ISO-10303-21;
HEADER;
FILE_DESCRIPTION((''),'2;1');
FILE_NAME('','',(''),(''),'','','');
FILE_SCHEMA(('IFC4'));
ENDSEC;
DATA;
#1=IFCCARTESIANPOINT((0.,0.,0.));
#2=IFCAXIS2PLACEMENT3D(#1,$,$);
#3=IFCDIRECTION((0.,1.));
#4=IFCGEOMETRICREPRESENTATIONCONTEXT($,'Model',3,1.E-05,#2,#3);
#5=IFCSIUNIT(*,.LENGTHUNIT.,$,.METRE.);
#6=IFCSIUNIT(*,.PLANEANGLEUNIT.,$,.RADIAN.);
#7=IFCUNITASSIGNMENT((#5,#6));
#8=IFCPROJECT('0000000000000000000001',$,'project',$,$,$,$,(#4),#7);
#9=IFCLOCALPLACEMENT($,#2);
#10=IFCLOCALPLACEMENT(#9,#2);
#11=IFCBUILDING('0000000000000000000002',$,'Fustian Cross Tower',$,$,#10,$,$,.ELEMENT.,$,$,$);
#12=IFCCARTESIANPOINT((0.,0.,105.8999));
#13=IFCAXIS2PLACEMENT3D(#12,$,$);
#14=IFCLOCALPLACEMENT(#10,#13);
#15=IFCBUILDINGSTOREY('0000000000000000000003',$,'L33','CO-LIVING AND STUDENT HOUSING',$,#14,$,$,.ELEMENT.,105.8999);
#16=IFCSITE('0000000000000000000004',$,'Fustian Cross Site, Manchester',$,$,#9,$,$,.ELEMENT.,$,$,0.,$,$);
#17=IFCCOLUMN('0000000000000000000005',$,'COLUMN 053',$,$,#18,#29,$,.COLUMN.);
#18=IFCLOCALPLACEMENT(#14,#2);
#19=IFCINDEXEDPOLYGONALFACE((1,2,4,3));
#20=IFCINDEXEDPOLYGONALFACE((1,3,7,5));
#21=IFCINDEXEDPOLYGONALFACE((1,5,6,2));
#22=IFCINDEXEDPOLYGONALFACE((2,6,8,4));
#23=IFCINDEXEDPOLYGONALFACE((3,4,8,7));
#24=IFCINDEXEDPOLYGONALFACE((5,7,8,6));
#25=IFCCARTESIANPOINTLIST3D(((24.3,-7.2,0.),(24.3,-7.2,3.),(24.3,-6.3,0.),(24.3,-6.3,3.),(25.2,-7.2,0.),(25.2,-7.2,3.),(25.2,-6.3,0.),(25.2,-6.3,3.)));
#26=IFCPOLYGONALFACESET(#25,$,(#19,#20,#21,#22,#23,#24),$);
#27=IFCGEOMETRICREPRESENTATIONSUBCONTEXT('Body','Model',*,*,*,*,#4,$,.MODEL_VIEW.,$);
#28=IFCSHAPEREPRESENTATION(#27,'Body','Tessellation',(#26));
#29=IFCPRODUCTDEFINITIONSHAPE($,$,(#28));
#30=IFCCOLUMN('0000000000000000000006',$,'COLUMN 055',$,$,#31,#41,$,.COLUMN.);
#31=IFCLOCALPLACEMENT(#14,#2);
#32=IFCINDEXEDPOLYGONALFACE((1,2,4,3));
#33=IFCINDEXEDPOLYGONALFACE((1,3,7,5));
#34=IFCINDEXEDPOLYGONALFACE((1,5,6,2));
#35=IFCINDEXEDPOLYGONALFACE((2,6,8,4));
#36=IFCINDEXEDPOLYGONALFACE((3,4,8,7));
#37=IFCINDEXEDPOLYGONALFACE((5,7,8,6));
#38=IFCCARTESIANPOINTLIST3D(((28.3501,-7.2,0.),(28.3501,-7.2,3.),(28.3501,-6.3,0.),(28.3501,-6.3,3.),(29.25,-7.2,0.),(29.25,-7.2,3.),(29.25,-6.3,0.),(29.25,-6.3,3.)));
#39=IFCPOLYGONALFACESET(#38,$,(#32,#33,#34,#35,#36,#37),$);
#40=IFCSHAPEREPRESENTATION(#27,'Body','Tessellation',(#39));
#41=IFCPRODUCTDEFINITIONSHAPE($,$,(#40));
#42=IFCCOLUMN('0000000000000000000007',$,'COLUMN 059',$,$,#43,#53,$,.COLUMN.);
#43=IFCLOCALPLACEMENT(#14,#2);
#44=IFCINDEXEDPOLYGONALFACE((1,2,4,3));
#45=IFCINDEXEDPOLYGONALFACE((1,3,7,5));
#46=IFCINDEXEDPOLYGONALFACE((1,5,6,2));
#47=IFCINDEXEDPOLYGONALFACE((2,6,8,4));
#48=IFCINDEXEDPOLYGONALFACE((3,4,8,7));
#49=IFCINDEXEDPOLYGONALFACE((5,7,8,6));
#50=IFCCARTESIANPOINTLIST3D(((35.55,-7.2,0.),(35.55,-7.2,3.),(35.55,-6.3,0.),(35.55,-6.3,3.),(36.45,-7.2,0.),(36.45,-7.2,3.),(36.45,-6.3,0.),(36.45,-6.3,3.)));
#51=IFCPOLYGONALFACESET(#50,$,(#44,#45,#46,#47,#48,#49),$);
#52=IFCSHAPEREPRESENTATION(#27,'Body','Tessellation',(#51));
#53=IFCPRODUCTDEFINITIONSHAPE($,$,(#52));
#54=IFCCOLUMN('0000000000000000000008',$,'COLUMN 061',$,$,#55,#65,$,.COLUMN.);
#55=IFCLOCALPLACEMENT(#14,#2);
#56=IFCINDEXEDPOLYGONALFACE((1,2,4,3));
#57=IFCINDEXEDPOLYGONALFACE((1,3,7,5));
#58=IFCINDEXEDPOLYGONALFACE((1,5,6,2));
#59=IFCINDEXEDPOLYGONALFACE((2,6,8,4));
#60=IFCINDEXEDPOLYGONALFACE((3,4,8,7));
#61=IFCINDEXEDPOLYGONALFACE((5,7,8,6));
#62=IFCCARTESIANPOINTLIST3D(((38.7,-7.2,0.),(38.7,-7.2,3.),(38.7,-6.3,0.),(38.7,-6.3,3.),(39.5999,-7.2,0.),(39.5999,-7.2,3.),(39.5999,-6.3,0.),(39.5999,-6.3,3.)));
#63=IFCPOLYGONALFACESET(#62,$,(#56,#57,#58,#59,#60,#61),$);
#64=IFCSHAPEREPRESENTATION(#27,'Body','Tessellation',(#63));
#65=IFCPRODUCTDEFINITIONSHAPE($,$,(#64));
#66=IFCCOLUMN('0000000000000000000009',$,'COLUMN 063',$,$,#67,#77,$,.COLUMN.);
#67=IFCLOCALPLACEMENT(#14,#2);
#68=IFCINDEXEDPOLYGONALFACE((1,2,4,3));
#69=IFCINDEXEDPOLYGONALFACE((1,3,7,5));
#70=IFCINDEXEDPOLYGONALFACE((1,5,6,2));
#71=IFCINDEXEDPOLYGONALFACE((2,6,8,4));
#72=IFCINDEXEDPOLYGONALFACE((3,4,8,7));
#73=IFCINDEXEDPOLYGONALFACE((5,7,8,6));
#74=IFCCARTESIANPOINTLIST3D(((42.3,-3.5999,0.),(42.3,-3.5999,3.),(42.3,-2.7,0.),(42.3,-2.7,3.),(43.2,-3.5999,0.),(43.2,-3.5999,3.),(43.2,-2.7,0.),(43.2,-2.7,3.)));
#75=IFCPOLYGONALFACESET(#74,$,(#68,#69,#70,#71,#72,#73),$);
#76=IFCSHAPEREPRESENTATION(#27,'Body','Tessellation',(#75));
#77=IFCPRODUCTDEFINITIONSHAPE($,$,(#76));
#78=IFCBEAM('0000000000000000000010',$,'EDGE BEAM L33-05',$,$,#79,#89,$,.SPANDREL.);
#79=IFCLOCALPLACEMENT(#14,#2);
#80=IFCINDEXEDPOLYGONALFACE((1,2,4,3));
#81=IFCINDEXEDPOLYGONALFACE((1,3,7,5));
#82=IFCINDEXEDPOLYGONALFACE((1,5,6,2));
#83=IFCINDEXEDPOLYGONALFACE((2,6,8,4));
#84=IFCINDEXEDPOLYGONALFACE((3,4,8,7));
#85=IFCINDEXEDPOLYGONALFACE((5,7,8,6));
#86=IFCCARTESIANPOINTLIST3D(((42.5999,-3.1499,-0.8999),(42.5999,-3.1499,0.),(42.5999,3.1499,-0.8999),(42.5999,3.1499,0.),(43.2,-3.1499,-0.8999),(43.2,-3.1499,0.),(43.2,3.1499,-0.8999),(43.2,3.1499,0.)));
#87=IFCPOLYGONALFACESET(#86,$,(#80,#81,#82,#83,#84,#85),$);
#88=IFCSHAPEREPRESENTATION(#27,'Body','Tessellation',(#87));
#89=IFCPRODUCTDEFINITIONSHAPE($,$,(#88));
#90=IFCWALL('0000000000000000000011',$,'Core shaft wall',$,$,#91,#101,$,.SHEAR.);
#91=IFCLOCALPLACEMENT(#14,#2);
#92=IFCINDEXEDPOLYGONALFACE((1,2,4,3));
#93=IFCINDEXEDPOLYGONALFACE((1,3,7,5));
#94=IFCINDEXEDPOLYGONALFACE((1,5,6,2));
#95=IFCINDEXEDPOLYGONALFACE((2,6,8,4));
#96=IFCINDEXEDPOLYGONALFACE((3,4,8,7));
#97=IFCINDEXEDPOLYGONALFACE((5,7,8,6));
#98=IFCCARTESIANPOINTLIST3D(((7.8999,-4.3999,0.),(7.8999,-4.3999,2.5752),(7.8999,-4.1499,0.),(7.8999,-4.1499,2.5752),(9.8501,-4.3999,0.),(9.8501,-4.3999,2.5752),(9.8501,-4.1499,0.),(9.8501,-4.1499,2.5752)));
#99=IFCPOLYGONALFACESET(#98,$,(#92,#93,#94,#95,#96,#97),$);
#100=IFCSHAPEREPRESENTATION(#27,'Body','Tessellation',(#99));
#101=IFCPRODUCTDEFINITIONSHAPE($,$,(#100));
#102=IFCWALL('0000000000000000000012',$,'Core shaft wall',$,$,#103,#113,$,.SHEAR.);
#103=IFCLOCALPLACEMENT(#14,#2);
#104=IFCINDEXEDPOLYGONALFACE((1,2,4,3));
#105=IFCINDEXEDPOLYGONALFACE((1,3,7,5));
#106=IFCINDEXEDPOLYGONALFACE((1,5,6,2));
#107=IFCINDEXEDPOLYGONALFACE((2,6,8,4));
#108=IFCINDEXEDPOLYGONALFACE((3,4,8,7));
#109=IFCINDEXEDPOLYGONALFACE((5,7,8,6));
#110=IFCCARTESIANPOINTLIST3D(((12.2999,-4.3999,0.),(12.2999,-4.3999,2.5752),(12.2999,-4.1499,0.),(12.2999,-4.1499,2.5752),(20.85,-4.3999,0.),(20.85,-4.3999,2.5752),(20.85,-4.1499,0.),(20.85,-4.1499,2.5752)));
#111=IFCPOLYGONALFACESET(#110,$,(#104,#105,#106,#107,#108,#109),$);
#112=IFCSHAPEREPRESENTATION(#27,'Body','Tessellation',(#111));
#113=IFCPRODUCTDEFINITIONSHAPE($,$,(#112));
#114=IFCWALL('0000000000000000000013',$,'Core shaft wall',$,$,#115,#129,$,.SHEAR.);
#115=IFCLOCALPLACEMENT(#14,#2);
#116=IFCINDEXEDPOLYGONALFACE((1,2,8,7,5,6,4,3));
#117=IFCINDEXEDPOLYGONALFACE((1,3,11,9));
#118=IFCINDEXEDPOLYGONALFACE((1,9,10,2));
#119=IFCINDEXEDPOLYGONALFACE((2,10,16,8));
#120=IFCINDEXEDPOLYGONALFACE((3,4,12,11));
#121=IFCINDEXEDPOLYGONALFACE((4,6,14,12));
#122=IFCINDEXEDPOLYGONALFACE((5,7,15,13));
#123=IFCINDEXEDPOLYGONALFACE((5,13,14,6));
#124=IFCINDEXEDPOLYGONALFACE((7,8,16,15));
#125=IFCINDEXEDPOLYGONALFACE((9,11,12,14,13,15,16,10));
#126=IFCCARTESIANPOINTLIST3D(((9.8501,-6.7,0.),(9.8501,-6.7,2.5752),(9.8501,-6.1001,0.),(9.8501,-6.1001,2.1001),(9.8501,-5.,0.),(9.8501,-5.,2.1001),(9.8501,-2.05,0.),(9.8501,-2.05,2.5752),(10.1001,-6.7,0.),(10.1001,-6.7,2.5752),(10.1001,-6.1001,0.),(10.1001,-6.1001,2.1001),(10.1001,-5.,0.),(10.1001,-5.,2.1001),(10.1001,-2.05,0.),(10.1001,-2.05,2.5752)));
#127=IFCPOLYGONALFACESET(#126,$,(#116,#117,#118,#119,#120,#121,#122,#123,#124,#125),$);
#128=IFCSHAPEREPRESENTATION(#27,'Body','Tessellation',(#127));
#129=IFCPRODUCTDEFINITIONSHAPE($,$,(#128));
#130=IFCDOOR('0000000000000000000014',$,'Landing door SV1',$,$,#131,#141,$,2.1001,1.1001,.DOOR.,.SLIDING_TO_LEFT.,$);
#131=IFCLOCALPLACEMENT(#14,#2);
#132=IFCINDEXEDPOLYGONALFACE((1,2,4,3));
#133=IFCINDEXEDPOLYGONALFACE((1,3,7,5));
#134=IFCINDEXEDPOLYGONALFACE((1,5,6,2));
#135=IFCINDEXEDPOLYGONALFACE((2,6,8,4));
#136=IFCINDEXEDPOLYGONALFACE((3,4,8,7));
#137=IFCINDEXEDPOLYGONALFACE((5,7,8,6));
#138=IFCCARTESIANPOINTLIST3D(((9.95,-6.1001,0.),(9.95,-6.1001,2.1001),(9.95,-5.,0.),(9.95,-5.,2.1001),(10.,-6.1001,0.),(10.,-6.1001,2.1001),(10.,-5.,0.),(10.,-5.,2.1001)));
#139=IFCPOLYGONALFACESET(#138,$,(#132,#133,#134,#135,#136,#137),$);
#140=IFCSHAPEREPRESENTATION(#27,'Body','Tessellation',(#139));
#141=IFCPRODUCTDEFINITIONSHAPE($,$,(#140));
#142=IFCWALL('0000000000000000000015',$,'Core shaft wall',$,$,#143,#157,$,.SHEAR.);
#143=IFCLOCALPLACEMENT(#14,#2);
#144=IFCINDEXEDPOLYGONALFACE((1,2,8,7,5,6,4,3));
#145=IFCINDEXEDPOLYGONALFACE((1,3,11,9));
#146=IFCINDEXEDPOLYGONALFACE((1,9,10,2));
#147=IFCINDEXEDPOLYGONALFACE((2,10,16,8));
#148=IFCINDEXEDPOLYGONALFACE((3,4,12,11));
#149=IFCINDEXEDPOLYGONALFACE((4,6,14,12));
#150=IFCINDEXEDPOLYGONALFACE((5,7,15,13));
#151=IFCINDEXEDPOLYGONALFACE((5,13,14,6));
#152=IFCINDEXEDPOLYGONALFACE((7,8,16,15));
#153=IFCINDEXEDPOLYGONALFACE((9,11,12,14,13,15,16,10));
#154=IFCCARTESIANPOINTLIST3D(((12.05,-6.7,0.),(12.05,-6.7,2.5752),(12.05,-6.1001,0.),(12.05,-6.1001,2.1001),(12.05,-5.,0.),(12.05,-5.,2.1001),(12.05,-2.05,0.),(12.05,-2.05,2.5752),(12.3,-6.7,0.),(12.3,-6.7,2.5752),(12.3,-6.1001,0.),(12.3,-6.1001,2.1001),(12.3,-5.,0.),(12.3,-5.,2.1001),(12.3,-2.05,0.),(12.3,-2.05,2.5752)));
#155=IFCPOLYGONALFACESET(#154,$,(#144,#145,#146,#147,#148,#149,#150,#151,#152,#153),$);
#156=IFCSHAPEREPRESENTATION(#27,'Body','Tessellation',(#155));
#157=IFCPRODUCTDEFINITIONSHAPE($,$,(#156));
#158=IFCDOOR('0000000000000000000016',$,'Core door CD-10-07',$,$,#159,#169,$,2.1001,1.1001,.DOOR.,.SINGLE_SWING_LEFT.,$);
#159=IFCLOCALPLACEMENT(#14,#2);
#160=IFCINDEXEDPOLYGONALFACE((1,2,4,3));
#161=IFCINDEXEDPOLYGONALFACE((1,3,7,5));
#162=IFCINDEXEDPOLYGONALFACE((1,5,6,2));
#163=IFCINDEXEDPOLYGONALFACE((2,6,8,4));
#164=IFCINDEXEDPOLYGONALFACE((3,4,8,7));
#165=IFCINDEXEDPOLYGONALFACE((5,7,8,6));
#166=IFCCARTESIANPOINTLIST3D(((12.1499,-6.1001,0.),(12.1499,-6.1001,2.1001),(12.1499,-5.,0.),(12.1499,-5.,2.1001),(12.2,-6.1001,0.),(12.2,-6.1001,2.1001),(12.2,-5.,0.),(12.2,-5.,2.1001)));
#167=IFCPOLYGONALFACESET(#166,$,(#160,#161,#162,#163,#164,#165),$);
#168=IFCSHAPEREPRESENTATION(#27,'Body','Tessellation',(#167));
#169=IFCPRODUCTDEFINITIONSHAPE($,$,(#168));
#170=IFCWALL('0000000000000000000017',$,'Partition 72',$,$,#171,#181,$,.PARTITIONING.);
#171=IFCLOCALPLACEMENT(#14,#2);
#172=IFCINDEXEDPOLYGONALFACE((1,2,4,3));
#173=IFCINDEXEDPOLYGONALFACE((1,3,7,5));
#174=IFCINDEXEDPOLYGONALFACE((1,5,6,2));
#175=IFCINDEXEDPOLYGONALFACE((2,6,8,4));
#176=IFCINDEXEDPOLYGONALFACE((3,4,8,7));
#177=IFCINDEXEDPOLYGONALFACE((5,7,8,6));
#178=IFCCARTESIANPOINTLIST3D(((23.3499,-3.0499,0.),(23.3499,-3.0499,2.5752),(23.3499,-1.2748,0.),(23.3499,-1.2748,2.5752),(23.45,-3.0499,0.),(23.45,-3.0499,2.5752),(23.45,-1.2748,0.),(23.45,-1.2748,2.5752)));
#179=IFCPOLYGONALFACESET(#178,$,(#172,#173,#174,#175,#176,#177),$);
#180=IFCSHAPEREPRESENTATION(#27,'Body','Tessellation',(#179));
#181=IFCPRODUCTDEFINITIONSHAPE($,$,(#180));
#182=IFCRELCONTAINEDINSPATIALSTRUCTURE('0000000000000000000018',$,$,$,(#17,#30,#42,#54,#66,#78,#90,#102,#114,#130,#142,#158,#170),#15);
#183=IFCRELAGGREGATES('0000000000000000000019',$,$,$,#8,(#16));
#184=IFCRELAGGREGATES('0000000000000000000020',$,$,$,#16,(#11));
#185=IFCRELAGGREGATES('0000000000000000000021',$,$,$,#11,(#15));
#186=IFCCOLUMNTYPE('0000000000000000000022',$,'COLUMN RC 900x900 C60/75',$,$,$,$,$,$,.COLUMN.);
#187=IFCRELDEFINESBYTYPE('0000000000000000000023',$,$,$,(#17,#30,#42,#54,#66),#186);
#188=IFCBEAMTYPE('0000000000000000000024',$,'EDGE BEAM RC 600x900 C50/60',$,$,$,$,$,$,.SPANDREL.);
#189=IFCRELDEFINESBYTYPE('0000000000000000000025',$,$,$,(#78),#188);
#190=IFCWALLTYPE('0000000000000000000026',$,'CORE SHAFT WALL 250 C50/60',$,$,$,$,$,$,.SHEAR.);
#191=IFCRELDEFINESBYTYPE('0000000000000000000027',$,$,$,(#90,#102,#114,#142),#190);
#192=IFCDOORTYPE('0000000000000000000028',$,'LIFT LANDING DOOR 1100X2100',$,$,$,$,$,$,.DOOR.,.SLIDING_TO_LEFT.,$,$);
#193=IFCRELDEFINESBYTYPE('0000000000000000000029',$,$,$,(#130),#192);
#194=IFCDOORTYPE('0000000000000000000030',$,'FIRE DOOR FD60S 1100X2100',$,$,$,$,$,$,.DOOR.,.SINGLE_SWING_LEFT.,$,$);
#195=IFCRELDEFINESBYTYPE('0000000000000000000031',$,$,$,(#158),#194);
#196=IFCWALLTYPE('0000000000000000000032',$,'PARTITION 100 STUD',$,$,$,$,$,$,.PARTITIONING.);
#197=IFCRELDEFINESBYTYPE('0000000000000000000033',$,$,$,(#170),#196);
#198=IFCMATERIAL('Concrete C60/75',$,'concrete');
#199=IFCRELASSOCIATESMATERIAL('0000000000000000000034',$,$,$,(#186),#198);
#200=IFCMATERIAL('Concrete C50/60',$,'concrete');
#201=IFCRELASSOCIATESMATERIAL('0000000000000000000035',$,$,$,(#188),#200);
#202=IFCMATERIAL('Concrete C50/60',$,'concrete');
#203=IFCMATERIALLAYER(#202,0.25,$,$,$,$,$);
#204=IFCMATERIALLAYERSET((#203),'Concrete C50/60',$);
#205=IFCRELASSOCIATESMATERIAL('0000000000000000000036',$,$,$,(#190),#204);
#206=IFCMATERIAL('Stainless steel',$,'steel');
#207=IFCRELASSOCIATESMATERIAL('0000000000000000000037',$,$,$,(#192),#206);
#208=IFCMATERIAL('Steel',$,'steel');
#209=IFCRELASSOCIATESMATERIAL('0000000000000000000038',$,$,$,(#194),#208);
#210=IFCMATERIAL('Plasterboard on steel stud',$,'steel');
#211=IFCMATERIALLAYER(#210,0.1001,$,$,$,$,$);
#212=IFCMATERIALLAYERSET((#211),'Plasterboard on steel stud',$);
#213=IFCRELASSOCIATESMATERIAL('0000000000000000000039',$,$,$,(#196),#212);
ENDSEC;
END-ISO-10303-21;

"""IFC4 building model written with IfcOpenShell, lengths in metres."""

from ifc_helpers import new_model, si_unit, direction, frame, frame_2d, origin, origin_2d, place, context, subcontext, project, spatial, rectangle, extrude, material, layer, layer_set, material_profile, profile_set, type_object, element, fill, save


model = new_model("IFC4")

# Units and contexts
model_context = context("Model", 3, precision=1e-05, world=origin(), true_north=direction((0.0, 1.0)))
body_context = subcontext(model_context, "Body", "Model", "MODEL_VIEW")
ifc_project = project(units=[si_unit("LENGTHUNIT", "METRE"), si_unit("PLANEANGLEUNIT", "RADIAN")], contexts=[model_context])

# Site, building, storey
site_placement = place(None, origin())
site = spatial("IfcSite", under=ifc_project, at=site_placement, Name="Fustian Cross Site, Manchester", CompositionType="ELEMENT", RefElevation=0.0)
building_placement = place(site_placement, origin())
building = spatial("IfcBuilding", under=site, at=building_placement, Name="Fustian Cross Tower", CompositionType="ELEMENT")
storey_placement = place(building_placement, frame((0.0, 0.0, 105.8999)))
storey = spatial("IfcBuildingStorey", under=building, at=storey_placement, Name="L33", Description="CO-LIVING AND STUDENT HOUSING", CompositionType="ELEMENT", Elevation=105.8999)

# Columns
ifc_material_1 = material(Name="Concrete C60/75", Category="concrete")
ifc_material_profile_1 = material_profile(ifc_material_1, rectangle(XDim=0.8999, YDim=0.8999, at=origin_2d()), Name="RC 900x900")
ifc_profile_set_1 = profile_set([ifc_material_profile_1], Name="Concrete C60/75")
column_type = type_object("IfcColumnType", Name="COLUMN RC 900x900 C60/75", PredefinedType="COLUMN", material=ifc_profile_set_1)
for number, where, z_axis, x_axis, name in (
    (1, (24.75, -6.75, 0.0), (0.0, 0.0, 1.0), (1.0, 0.0, 0.0), "COLUMN 053"),
    (2, (28.8, -6.75, 0.0), (0.0, 0.0, 1.0), (1.0, 0.0, 0.0), "COLUMN 055"),
    (3, (36.0, -6.75, 0.0), (0.0, 0.0, 1.0), (1.0, 0.0, 0.0), "COLUMN 059"),
    (4, (39.1499, -6.75, 0.0), (0.0, 0.0, 1.0), (1.0, 0.0, 0.0), "COLUMN 061"),
    (5, (42.75, -3.1499, 0.0), (0.0, 0.0, 1.0), (1.0, 0.0, 0.0), "COLUMN 063"),
):
    element("IfcColumn", number, at=place(storey_placement, frame(where, z_axis=z_axis, x_axis=x_axis)), inside=storey, type_object=column_type, Name=name, PredefinedType="COLUMN", context=body_context, shape_type="SweptSolid", body=[
        extrude(rectangle(XDim=0.8999, YDim=0.8999, at=origin_2d()), origin(), (0.0, 0.0, 1.0), 3.0),
    ])

# Beam
ifc_material_2 = material(Name="Concrete C50/60", Category="concrete")
ifc_material_profile_2 = material_profile(ifc_material_2, rectangle(XDim=0.6001, YDim=0.8999, at=origin_2d()), Name="RC 600x900")
ifc_profile_set_2 = profile_set([ifc_material_profile_2], Name="Concrete C50/60")
beam_type = type_object("IfcBeamType", Name="EDGE BEAM RC 600x900 C50/60", PredefinedType="SPANDREL", material=ifc_profile_set_2)
beam_placement = place(storey_placement, frame((42.8999, -3.1499, -0.45), z_axis=(0.0, 1.0, 0.0), x_axis=(-1.0, 0.0, 0.0)))
element("IfcBeam", 6, at=beam_placement, inside=storey, type_object=beam_type, Name="EDGE BEAM L33-05", PredefinedType="SPANDREL", context=body_context, shape_type="SweptSolid", body=[
    extrude(rectangle(XDim=0.6001, YDim=0.8999, at=origin_2d()), origin(), (0.0, 0.0, 1.0), 6.2998),
])

# Walls
ifc_material_3 = material(Name="Concrete C50/60", Category="concrete")
ifc_layer_1 = layer(ifc_material_3, 0.25)
ifc_layer_set_1 = layer_set([ifc_layer_1], Name="Concrete C50/60")
wall_type_1 = type_object("IfcWallType", Name="CORE SHAFT WALL 250 C50/60", PredefinedType="SHEAR", material=ifc_layer_set_1)
wall_1_placement = place(storey_placement, frame((7.8999, -4.2749, 0.0), z_axis=(0.0, 0.0, 1.0), x_axis=(1.0, 0.0, 0.0)))
element("IfcWall", 7, at=wall_1_placement, inside=storey, type_object=wall_type_1, Name="Core shaft wall", PredefinedType="SHEAR", context=body_context, shape_type="SweptSolid", body=[
    extrude(rectangle(XDim=1.9502, YDim=0.25, at=frame_2d((0.9751, 0.0))), origin(), (0.0, 0.0, 1.0), 2.5752),
])
wall_2_placement = place(storey_placement, frame((12.3, -4.2749, 0.0), z_axis=(0.0, 0.0, 1.0), x_axis=(1.0, 0.0, 0.0)))
element("IfcWall", 8, at=wall_2_placement, inside=storey, type_object=wall_type_1, Name="Core shaft wall", PredefinedType="SHEAR", context=body_context, shape_type="SweptSolid", body=[
    extrude(rectangle(XDim=8.55, YDim=0.25, at=frame_2d((4.2749, 0.0))), origin(), (0.0, 0.0, 1.0), 2.5752),
])

# Walls, openings, doors
wall_3_placement = place(storey_placement, frame((9.9751, -2.05, 0.0), z_axis=(0.0, 0.0, 1.0), x_axis=(0.0, -1.0, 0.0)))
wall_3 = element("IfcWall", 9, at=wall_3_placement, inside=storey, type_object=wall_type_1, Name="Core shaft wall", PredefinedType="SHEAR", context=body_context, shape_type="SweptSolid", body=[
    extrude(rectangle(XDim=4.6499, YDim=0.25, at=frame_2d((2.325, 0.0))), origin(), (0.0, 0.0, 1.0), 2.5752),
])
opening_1_placement = place(wall_3_placement, frame((2.95, 0.0, 0.0)))
opening_1 = element("IfcOpeningElement", 10, at=opening_1_placement, cuts=wall_3, PredefinedType="OPENING", context=body_context, shape_type="SweptSolid", body=[
    extrude(rectangle(XDim=1.1001, YDim=2.1001, at=frame_2d((0.55, 1.05))), frame((0.0, 0.135, 0.0), z_axis=(0.0, -1.0, 0.0), x_axis=(1.0, 0.0, 0.0)), (0.0, 0.0, 1.0), 0.27),
])
ifc_material_4 = material(Name="Stainless steel", Category="steel")
door_type_1 = type_object("IfcDoorType", Name="LIFT LANDING DOOR 1100X2100", OperationType="SLIDING_TO_LEFT", PredefinedType="DOOR", material=ifc_material_4)
door_1_placement = place(opening_1_placement, origin())
door_1 = element("IfcDoor", 11, at=door_1_placement, inside=storey, type_object=door_type_1, Name="Landing door SV1", OperationType="SLIDING_TO_LEFT", OverallHeight=2.1001, OverallWidth=1.1001, PredefinedType="DOOR", context=body_context, shape_type="SweptSolid", body=[
    extrude(rectangle(XDim=1.1001, YDim=2.1001, at=frame_2d((0.55, 1.05))), frame((0.0, 0.0249, 0.0), z_axis=(0.0, -1.0, 0.0), x_axis=(1.0, 0.0, 0.0)), (0.0, 0.0, 1.0), 0.05),
])
fill(opening_1, door_1)
wall_4_placement = place(storey_placement, frame((12.175, -2.05, 0.0), z_axis=(0.0, 0.0, 1.0), x_axis=(0.0, -1.0, 0.0)))
wall_4 = element("IfcWall", 12, at=wall_4_placement, inside=storey, type_object=wall_type_1, Name="Core shaft wall", PredefinedType="SHEAR", context=body_context, shape_type="SweptSolid", body=[
    extrude(rectangle(XDim=4.6499, YDim=0.25, at=frame_2d((2.325, 0.0))), origin(), (0.0, 0.0, 1.0), 2.5752),
])
opening_2_placement = place(wall_4_placement, frame((2.95, 0.0, 0.0)))
opening_2 = element("IfcOpeningElement", 13, at=opening_2_placement, cuts=wall_4, PredefinedType="OPENING", context=body_context, shape_type="SweptSolid", body=[
    extrude(rectangle(XDim=1.1001, YDim=2.1001, at=frame_2d((0.55, 1.05))), frame((0.0, 0.135, 0.0), z_axis=(0.0, -1.0, 0.0), x_axis=(1.0, 0.0, 0.0)), (0.0, 0.0, 1.0), 0.27),
])
ifc_material_5 = material(Name="Steel", Category="steel")
door_type_2 = type_object("IfcDoorType", Name="FIRE DOOR FD60S 1100X2100", OperationType="SINGLE_SWING_LEFT", PredefinedType="DOOR", material=ifc_material_5)
door_2_placement = place(opening_2_placement, origin())
door_2 = element("IfcDoor", 14, at=door_2_placement, inside=storey, type_object=door_type_2, Name="Core door CD-10-07", OperationType="SINGLE_SWING_LEFT", OverallHeight=2.1001, OverallWidth=1.1001, PredefinedType="DOOR", context=body_context, shape_type="SweptSolid", body=[
    extrude(rectangle(XDim=1.1001, YDim=2.1001, at=frame_2d((0.55, 1.05))), frame((0.0, 0.0249, 0.0), z_axis=(0.0, -1.0, 0.0), x_axis=(1.0, 0.0, 0.0)), (0.0, 0.0, 1.0), 0.05),
])
fill(opening_2, door_2)

# Wall
ifc_material_6 = material(Name="Plasterboard on steel stud", Category="steel")
ifc_layer_2 = layer(ifc_material_6, 0.1001)
ifc_layer_set_2 = layer_set([ifc_layer_2], Name="Plasterboard on steel stud")
wall_type_2 = type_object("IfcWallType", Name="PARTITION 100 STUD", PredefinedType="PARTITIONING", material=ifc_layer_set_2)
wall_5_placement = place(storey_placement, frame((23.3999, -3.05, 0.0), z_axis=(0.0, 0.0, 1.0), x_axis=(0.0, 1.0, 0.0)))
element("IfcWall", 15, at=wall_5_placement, inside=storey, type_object=wall_type_2, Name="Partition 72", PredefinedType="PARTITIONING", context=body_context, shape_type="SweptSolid", body=[
    extrude(rectangle(XDim=1.7751, YDim=0.1001, at=frame_2d((0.8877, 0.0))), origin(), (0.0, 0.0, 1.0), 2.5752),
])

save(model, "model.ifc")
